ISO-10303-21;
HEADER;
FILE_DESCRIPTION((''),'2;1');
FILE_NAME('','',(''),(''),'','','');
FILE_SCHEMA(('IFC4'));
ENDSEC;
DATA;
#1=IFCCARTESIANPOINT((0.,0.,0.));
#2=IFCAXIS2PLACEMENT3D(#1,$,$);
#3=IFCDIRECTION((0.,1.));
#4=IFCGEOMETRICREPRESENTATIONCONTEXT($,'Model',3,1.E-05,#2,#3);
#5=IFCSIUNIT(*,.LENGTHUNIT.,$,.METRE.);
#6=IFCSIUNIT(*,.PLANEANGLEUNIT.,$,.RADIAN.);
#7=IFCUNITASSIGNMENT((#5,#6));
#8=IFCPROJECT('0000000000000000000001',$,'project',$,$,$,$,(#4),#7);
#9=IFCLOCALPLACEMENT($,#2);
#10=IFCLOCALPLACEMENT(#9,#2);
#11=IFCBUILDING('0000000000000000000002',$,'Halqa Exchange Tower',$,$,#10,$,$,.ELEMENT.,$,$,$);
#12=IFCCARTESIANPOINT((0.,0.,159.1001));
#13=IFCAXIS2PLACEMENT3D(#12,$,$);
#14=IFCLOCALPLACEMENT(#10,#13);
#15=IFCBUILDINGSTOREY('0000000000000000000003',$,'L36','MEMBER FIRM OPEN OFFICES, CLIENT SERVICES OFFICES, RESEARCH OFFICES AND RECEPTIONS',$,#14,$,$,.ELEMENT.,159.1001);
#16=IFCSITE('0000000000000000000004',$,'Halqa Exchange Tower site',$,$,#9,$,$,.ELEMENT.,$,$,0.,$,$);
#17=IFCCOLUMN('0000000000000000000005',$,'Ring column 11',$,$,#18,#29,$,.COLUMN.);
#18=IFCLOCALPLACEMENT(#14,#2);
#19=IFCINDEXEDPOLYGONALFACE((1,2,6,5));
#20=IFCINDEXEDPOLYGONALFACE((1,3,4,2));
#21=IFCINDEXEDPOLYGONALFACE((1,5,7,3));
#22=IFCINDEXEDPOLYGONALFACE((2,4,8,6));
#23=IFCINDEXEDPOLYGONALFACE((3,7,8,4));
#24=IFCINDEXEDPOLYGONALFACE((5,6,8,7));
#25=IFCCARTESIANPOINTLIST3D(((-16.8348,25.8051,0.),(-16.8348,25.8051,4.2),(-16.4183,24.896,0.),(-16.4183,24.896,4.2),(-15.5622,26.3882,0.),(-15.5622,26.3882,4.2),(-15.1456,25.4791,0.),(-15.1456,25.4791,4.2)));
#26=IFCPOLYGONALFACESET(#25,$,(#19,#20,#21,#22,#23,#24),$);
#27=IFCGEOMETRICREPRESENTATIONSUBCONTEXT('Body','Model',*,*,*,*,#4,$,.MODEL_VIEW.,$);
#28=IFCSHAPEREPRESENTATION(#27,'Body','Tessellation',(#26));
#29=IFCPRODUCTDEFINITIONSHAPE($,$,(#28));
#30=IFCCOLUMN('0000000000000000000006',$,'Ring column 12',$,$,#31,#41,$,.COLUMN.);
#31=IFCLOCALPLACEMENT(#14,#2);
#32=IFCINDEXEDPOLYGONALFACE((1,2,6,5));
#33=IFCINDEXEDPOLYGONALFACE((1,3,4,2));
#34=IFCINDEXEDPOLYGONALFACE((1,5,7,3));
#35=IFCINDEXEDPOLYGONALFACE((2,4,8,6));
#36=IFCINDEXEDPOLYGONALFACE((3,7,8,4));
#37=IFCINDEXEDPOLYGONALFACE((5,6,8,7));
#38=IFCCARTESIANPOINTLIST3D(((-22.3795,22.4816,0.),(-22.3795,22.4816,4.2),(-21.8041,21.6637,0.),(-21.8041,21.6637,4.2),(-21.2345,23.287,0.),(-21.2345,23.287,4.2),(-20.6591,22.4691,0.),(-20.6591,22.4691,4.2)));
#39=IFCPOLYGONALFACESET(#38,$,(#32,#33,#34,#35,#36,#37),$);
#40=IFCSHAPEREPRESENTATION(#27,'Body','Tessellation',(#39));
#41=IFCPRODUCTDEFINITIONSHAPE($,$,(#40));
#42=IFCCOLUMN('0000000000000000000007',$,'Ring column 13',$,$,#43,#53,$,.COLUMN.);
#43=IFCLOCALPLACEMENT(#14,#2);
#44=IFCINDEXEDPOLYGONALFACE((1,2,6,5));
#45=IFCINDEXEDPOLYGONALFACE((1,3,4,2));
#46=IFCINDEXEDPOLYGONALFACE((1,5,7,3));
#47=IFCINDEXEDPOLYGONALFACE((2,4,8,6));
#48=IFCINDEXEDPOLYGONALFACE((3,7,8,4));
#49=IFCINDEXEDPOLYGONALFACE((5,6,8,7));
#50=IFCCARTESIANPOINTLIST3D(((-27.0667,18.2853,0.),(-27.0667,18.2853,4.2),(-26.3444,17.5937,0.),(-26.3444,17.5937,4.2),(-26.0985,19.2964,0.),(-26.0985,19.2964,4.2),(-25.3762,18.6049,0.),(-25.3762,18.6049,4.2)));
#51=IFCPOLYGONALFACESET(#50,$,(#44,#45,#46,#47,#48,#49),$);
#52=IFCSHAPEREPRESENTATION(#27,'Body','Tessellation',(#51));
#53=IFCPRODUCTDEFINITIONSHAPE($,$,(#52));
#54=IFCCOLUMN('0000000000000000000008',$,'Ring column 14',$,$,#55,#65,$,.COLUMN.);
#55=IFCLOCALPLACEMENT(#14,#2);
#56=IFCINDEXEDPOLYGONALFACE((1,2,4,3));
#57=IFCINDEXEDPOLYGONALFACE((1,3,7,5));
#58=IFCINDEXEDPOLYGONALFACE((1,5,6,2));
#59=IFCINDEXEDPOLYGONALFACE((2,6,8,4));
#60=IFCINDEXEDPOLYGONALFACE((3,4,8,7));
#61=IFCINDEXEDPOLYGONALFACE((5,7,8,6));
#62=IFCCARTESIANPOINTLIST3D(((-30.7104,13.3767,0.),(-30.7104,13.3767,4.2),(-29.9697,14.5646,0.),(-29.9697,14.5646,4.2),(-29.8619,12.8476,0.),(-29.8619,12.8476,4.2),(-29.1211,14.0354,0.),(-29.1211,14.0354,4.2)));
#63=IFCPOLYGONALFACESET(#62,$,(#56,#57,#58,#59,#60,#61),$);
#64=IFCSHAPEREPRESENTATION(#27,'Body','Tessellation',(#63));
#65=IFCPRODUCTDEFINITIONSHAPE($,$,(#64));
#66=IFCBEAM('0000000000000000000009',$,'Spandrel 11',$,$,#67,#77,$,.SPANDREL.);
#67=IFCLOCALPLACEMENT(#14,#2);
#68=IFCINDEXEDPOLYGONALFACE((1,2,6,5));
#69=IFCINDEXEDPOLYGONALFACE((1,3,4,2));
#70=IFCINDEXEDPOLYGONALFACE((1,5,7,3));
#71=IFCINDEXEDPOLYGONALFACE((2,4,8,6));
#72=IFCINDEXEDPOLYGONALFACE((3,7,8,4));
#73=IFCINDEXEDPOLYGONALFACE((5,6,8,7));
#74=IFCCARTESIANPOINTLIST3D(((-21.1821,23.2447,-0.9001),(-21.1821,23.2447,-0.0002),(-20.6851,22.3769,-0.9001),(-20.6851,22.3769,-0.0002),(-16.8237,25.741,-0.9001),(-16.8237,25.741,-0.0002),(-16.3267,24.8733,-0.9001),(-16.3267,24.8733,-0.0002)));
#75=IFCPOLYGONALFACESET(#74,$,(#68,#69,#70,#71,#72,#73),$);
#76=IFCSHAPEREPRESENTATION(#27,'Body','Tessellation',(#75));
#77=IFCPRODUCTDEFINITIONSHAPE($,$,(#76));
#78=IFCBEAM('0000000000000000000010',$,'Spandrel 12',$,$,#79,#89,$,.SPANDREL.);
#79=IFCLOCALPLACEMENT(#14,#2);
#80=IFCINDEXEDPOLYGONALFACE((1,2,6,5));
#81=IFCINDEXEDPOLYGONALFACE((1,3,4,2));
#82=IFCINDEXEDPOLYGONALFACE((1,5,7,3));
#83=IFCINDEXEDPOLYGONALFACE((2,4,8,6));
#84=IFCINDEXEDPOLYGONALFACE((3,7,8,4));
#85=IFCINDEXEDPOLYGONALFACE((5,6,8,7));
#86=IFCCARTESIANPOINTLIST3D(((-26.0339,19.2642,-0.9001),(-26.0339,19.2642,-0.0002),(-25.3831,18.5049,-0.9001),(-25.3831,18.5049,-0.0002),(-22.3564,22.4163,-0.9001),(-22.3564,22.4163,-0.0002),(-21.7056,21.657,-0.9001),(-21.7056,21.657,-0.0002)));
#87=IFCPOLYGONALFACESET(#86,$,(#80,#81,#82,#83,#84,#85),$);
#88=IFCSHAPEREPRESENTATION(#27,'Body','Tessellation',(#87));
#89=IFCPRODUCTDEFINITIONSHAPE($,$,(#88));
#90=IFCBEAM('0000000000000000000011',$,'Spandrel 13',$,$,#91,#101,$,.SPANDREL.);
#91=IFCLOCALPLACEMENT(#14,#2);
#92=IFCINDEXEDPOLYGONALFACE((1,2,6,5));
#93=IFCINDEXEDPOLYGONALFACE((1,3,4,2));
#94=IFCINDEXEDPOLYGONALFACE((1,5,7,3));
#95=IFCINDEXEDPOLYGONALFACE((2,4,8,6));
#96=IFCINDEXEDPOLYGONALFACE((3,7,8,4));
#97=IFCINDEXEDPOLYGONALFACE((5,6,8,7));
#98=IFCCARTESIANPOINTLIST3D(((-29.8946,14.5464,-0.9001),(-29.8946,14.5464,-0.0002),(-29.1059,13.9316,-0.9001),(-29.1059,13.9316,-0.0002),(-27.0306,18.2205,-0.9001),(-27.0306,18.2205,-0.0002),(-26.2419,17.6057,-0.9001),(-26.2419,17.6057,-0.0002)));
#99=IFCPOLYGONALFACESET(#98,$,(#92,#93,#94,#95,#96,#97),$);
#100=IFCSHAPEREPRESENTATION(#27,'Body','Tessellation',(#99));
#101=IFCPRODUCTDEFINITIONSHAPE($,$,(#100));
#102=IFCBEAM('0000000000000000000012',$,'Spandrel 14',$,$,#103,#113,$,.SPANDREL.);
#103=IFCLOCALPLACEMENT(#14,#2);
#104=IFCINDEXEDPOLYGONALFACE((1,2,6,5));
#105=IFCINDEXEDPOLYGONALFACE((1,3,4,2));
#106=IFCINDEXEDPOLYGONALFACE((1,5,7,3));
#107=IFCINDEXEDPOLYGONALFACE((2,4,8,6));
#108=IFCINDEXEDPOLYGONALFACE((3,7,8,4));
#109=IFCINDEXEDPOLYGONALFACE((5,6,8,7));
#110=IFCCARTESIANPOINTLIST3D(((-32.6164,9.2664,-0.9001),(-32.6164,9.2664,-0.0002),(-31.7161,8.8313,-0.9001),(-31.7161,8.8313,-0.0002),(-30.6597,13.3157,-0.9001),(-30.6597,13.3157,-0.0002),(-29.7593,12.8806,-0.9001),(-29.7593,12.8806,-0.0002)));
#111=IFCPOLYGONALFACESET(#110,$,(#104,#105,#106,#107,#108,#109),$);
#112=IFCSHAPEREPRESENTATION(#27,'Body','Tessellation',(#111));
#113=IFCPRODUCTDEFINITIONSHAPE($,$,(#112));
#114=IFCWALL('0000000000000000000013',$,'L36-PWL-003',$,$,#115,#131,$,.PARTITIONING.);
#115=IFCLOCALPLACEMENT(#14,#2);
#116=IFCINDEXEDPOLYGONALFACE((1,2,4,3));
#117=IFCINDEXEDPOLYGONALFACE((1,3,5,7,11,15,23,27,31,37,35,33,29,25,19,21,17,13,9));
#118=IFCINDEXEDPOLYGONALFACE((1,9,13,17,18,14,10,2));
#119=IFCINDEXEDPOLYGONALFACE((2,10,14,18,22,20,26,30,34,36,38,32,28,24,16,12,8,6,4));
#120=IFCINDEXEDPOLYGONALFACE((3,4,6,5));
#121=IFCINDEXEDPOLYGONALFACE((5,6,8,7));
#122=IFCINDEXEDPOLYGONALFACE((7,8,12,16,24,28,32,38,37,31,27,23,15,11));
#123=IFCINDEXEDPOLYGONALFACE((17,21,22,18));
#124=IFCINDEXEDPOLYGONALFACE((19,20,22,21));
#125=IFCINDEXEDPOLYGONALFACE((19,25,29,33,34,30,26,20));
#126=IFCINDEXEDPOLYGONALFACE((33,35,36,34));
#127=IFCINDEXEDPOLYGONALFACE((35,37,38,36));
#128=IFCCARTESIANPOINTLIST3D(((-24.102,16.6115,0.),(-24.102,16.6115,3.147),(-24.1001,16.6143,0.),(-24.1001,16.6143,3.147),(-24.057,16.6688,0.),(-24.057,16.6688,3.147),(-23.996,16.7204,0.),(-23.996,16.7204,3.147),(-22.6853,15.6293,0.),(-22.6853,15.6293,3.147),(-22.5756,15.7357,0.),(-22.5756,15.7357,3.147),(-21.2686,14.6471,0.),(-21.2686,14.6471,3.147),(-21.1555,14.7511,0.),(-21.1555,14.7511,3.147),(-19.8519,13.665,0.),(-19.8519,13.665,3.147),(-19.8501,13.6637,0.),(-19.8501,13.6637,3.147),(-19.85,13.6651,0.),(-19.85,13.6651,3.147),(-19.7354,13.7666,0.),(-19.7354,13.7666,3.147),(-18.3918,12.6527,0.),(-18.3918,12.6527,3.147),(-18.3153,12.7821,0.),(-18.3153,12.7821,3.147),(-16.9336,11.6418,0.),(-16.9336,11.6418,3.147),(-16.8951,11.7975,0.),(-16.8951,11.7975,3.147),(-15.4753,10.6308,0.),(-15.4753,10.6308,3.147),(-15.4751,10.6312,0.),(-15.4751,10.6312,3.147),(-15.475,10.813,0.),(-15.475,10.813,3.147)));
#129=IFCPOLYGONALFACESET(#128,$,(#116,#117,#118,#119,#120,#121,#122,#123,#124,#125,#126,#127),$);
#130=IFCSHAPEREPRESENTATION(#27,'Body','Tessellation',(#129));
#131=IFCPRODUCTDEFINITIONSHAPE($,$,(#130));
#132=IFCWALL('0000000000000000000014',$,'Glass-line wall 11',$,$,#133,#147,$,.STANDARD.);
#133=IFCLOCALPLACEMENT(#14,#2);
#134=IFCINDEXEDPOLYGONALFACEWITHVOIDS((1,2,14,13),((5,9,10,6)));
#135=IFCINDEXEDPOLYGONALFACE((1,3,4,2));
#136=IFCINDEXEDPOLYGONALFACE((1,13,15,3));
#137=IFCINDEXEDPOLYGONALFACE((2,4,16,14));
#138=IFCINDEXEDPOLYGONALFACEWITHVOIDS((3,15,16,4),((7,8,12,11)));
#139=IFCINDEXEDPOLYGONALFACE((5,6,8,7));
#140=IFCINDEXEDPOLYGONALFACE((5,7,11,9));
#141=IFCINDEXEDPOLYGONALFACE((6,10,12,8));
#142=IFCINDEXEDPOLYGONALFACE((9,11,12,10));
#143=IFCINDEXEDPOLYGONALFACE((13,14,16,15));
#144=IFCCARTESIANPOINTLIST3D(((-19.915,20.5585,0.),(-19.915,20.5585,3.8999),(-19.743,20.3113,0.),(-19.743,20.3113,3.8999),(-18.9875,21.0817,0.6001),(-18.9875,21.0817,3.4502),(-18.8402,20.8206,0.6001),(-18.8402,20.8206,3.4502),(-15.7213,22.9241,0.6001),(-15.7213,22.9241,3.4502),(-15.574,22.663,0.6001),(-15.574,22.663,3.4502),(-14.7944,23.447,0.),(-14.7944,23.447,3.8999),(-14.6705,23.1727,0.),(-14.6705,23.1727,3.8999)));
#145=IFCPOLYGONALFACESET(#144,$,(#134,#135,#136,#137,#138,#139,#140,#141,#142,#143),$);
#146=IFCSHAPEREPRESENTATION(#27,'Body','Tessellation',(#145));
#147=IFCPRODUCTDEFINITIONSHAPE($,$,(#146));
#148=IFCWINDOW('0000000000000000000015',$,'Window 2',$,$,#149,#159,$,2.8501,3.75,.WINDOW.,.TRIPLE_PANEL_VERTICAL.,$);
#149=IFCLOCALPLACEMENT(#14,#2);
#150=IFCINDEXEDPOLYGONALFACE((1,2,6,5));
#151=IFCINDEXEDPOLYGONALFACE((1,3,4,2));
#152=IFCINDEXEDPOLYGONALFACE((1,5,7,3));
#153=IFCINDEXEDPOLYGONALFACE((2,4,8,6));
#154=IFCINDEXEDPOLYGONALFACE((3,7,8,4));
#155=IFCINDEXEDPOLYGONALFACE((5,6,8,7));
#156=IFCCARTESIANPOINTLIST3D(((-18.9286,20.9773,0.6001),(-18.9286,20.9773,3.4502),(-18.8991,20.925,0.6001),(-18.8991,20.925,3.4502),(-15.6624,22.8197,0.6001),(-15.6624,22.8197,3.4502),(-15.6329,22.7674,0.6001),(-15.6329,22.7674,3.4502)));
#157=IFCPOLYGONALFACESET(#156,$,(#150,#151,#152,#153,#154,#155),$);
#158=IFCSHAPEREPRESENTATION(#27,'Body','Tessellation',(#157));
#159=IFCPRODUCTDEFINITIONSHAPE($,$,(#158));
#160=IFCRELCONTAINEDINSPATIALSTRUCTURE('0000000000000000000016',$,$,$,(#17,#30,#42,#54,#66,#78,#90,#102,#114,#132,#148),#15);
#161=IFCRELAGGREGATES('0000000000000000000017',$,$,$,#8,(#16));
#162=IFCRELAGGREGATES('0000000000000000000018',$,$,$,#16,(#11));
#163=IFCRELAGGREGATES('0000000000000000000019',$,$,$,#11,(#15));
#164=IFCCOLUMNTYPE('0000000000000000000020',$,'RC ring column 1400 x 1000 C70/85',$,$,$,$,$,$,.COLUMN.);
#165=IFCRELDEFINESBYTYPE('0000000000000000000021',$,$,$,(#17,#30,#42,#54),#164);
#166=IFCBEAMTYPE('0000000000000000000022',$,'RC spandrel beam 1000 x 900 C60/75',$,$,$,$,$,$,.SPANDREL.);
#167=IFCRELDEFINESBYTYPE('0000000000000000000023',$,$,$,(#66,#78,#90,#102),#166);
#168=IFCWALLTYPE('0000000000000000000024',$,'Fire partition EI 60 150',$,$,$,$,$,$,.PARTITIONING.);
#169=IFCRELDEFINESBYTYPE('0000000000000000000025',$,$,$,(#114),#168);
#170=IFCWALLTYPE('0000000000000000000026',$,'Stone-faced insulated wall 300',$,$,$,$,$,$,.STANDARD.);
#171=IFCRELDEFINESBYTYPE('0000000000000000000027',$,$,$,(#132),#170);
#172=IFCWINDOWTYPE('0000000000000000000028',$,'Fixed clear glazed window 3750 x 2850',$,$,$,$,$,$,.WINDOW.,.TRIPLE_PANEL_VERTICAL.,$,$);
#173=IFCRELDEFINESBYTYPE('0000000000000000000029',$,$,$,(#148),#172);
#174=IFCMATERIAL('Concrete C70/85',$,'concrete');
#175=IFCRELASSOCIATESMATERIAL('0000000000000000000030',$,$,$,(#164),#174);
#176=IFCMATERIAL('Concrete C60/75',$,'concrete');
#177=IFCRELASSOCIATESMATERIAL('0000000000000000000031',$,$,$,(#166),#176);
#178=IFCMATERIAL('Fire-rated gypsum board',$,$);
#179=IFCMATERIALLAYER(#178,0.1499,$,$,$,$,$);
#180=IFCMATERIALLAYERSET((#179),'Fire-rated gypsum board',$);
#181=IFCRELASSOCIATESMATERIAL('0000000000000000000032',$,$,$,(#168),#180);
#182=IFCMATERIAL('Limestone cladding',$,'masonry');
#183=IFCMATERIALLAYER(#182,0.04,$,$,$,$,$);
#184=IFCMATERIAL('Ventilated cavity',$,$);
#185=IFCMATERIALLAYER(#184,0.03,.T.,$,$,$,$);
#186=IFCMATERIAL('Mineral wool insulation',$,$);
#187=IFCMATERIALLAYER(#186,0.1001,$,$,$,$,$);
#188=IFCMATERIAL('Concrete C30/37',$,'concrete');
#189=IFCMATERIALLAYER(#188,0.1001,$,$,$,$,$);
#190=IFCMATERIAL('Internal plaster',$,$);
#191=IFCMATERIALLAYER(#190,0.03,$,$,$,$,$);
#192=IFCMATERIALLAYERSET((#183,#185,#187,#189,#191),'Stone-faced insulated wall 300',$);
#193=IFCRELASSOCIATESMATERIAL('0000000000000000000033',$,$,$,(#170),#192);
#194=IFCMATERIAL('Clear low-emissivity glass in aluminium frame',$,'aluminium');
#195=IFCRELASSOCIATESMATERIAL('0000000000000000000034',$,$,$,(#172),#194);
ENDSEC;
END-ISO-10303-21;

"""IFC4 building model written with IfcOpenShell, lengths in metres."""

from ifc_helpers import new_model, si_unit, direction, frame, frame_2d, origin, origin_2d, place, context, subcontext, project, spatial, polyline, rectangle, outline, extrude, material, layer, layer_set, material_profile, profile_set, type_object, element, fill, save


model = new_model("IFC4")

# Units and contexts
model_context = context("Model", 3, precision=1e-05, world=origin(), true_north=direction((0.0, 1.0)))
body_context = subcontext(model_context, "Body", "Model", "MODEL_VIEW")
ifc_project = project(units=[si_unit("LENGTHUNIT", "METRE"), si_unit("PLANEANGLEUNIT", "RADIAN")], contexts=[model_context])

# Site, building, storey
site_placement = place(None, origin())
site = spatial("IfcSite", under=ifc_project, at=site_placement, Name="Halqa Exchange Tower site", CompositionType="ELEMENT", RefElevation=0.0)
building_placement = place(site_placement, origin())
building = spatial("IfcBuilding", under=site, at=building_placement, Name="Halqa Exchange Tower", CompositionType="ELEMENT")
storey_placement = place(building_placement, frame((0.0, 0.0, 159.1001)))
storey = spatial("IfcBuildingStorey", under=building, at=storey_placement, Name="L36", Description="MEMBER FIRM OPEN OFFICES, CLIENT SERVICES OFFICES, RESEARCH OFFICES AND RECEPTIONS", CompositionType="ELEMENT", Elevation=159.1001)

# Columns
ifc_material_1 = material(Name="Concrete C70/85", Category="concrete")
ifc_material_profile_1 = material_profile(ifc_material_1, rectangle(XDim=1.3999, YDim=1.0, at=origin_2d()), Name="1400 x 1000")
ifc_profile_set_1 = profile_set([ifc_material_profile_1], Name="Concrete C70/85")
column_type = type_object("IfcColumnType", Name="RC ring column 1400 x 1000 C70/85", PredefinedType="COLUMN", material=ifc_profile_set_1)
for number, where, z_axis, x_axis, name in (
    (1, (-15.9902, 25.6421, 0.0), (0.0, 0.0, 1.0), (-0.909126, -0.41652, 0.0), "Ring column 11"),
    (2, (-21.5193, 22.4753, 0.0), (0.0, 0.0, 1.0), (-0.817911, -0.575345, 0.0), "Ring column 12"),
    (3, (-26.2214, 18.4451, 0.0), (0.0, 0.0, 1.0), (-0.691579, -0.722301, 0.0), "Ring column 13"),
    (4, (-29.9158, 13.7061, 0.0), (0.0, 0.0, 1.0), (-0.529143, -0.848532, 0.0), "Ring column 14"),
):
    element("IfcColumn", number, at=place(storey_placement, frame(where, z_axis=z_axis, x_axis=x_axis)), inside=storey, type_object=column_type, Name=name, PredefinedType="COLUMN", context=body_context, shape_type="SweptSolid", body=[
        extrude(rectangle(XDim=1.3999, YDim=1.0, at=origin_2d()), origin(), (0.0, 0.0, 1.0), 4.2),
    ])

# Beams
ifc_material_2 = material(Name="Concrete C60/75", Category="concrete")
ifc_material_profile_2 = material_profile(ifc_material_2, rectangle(XDim=1.0, YDim=0.8999, at=origin_2d()), Name="1000 x 900")
ifc_profile_set_2 = profile_set([ifc_material_profile_2], Name="Concrete C60/75")
beam_type = type_object("IfcBeamType", Name="RC spandrel beam 1000 x 900 C60/75", PredefinedType="SPANDREL", material=ifc_profile_set_2)
beam_1_placement = place(storey_placement, frame((-16.5752, 25.3071, -0.4502), z_axis=(-0.867743, -0.497013, 0.0), x_axis=(0.497013, -0.867743, 0.0)))
element("IfcBeam", 5, at=beam_1_placement, inside=storey, type_object=beam_type, Name="Spandrel 11", PredefinedType="SPANDREL", context=body_context, shape_type="SweptSolid", body=[
    extrude(rectangle(XDim=1.0, YDim=0.8999, at=origin_2d()), origin(), (0.0, 0.0, 1.0), 5.0227),
])
beam_2_placement = place(storey_placement, frame((-22.031, 22.0366, -0.4502), z_axis=(-0.75926, -0.650787, 0.0), x_axis=(0.650787, -0.75926, 0.0)))
element("IfcBeam", 6, at=beam_2_placement, inside=storey, type_object=beam_type, Name="Spandrel 12", PredefinedType="SPANDREL", context=body_context, shape_type="SweptSolid", body=[
    extrude(rectangle(XDim=1.0, YDim=0.8999, at=origin_2d()), origin(), (0.0, 0.0, 1.0), 4.8435),
])
beam_3_placement = place(storey_placement, frame((-26.6362, 17.9131, -0.4502), z_axis=(-0.614797, -0.788686, 0.0), x_axis=(0.788686, -0.614797, 0.0)))
element("IfcBeam", 7, at=beam_3_placement, inside=storey, type_object=beam_type, Name="Spandrel 13", PredefinedType="SPANDREL", context=body_context, shape_type="SweptSolid", body=[
    extrude(rectangle(XDim=1.0, YDim=0.8999, at=origin_2d()), origin(), (0.0, 0.0, 1.0), 4.6584),
])
beam_4_placement = place(storey_placement, frame((-30.2095, 13.0981, -0.4502), z_axis=(-0.4351, -0.900382, 0.0), x_axis=(0.900382, -0.4351, 0.0)))
element("IfcBeam", 8, at=beam_4_placement, inside=storey, type_object=beam_type, Name="Spandrel 14", PredefinedType="SPANDREL", context=body_context, shape_type="SweptSolid", body=[
    extrude(rectangle(XDim=1.0, YDim=0.8999, at=origin_2d()), origin(), (0.0, 0.0, 1.0), 4.4973),
])

# Wall
ifc_material_3 = material(Name="Fire-rated gypsum board")
ifc_layer_1 = layer(ifc_material_3, 0.1499)
ifc_layer_set_1 = layer_set([ifc_layer_1], Name="Fire-rated gypsum board")
wall_type_1 = type_object("IfcWallType", Name="Fire partition EI 60 150", PredefinedType="PARTITIONING", material=ifc_layer_set_1)
wall_1_placement = place(storey_placement, frame((-24.0593, 16.6731, 0.0), z_axis=(0.0, 0.0, 1.0), x_axis=(0.821819, -0.569749, 0.0)))
element("IfcWall", 9, at=wall_1_placement, inside=storey, type_object=wall_type_1, Name="L36-PWL-003", PredefinedType="PARTITIONING", context=body_context, shape_type="SweptSolid", body=[
    extrude(outline(polyline([(0.0, -0.075), (1.7239, -0.075), (3.4478, -0.075), (5.1716, -0.075), (5.1731, -0.0737), (5.1738, -0.075), (6.9482, -0.075), (8.7227, -0.075), (10.4971, -0.075), (10.4971, -0.0745), (10.3936, 0.075), (8.6655, 0.075), (6.9375, 0.075), (5.2095, 0.075), (3.4814, 0.075), (1.7534, 0.075), (0.0251, 0.075), (0.0044, -0.0022), (0.0, -0.0715), (0.0, -0.075)])), origin(), (0.0, 0.0, 1.0), 3.147),
])

# Wall, opening, window
ifc_material_4 = material(Name="Limestone cladding", Category="masonry")
ifc_layer_2 = layer(ifc_material_4, 0.04)
ifc_material_5 = material(Name="Ventilated cavity")
ifc_layer_3 = layer(ifc_material_5, 0.03, ventilated=True)
ifc_material_6 = material(Name="Mineral wool insulation")
ifc_layer_4 = layer(ifc_material_6, 0.1001)
ifc_material_7 = material(Name="Concrete C30/37", Category="concrete")
ifc_layer_5 = layer(ifc_material_7, 0.1001)
ifc_material_8 = material(Name="Internal plaster")
ifc_layer_6 = layer(ifc_material_8, 0.03)
ifc_layer_set_2 = layer_set([ifc_layer_2, ifc_layer_3, ifc_layer_4, ifc_layer_5, ifc_layer_6], Name="Stone-faced insulated wall 300")
wall_type_2 = type_object("IfcWallType", Name="Stone-faced insulated wall 300", PredefinedType="STANDARD", material=ifc_layer_set_2)
wall_2_placement = place(storey_placement, frame((-14.7324, 23.3098, 0.0), z_axis=(0.0, 0.0, 1.0), x_axis=(-0.870982, -0.491315, 0.0)))
wall_2 = element("IfcWall", 10, at=wall_2_placement, inside=storey, type_object=wall_type_2, Name="Glass-line wall 11", PredefinedType="STANDARD", context=body_context, shape_type="SweptSolid", body=[
    extrude(outline(polyline([(-0.0134, -0.1499), (5.8657, -0.1499), (5.8374, 0.1499), (0.0134, 0.1499), (-0.0134, -0.1499)])), origin(), (0.0, 0.0, 1.0), 3.8999),
])
opening_1_placement = place(wall_2_placement, frame((1.0508, 0.0, 0.6001)))
opening_1 = element("IfcOpeningElement", 11, at=opening_1_placement, cuts=wall_2, PredefinedType="OPENING", context=body_context, shape_type="SweptSolid", body=[
    extrude(rectangle(XDim=3.75, YDim=2.8501, at=frame_2d((1.875, 1.425))), frame((0.0, 0.1621, 0.0), z_axis=(0.0, -1.0, 0.0), x_axis=(1.0, 0.0, 0.0)), (0.0, 0.0, 1.0), 0.324),
])
ifc_material_9 = material(Name="Clear low-emissivity glass in aluminium frame", Category="aluminium")
window_type = type_object("IfcWindowType", Name="Fixed clear glazed window 3750 x 2850", PartitioningType="TRIPLE_PANEL_VERTICAL", PredefinedType="WINDOW", material=ifc_material_9)
window_1_placement = place(opening_1_placement, origin())
window_1 = element("IfcWindow", 12, at=window_1_placement, inside=storey, type_object=window_type, Name="Window 2", OverallHeight=2.8501, OverallWidth=3.75, PartitioningType="TRIPLE_PANEL_VERTICAL", PredefinedType="WINDOW", context=body_context, shape_type="SweptSolid", body=[
    extrude(rectangle(XDim=3.75, YDim=2.8501, at=frame_2d((1.875, 1.425))), frame((0.0, 0.03, 0.0), z_axis=(0.0, -1.0, 0.0), x_axis=(1.0, 0.0, 0.0)), (0.0, 0.0, 1.0), 0.0601),
])
fill(opening_1, window_1)

save(model, "model.ifc")
